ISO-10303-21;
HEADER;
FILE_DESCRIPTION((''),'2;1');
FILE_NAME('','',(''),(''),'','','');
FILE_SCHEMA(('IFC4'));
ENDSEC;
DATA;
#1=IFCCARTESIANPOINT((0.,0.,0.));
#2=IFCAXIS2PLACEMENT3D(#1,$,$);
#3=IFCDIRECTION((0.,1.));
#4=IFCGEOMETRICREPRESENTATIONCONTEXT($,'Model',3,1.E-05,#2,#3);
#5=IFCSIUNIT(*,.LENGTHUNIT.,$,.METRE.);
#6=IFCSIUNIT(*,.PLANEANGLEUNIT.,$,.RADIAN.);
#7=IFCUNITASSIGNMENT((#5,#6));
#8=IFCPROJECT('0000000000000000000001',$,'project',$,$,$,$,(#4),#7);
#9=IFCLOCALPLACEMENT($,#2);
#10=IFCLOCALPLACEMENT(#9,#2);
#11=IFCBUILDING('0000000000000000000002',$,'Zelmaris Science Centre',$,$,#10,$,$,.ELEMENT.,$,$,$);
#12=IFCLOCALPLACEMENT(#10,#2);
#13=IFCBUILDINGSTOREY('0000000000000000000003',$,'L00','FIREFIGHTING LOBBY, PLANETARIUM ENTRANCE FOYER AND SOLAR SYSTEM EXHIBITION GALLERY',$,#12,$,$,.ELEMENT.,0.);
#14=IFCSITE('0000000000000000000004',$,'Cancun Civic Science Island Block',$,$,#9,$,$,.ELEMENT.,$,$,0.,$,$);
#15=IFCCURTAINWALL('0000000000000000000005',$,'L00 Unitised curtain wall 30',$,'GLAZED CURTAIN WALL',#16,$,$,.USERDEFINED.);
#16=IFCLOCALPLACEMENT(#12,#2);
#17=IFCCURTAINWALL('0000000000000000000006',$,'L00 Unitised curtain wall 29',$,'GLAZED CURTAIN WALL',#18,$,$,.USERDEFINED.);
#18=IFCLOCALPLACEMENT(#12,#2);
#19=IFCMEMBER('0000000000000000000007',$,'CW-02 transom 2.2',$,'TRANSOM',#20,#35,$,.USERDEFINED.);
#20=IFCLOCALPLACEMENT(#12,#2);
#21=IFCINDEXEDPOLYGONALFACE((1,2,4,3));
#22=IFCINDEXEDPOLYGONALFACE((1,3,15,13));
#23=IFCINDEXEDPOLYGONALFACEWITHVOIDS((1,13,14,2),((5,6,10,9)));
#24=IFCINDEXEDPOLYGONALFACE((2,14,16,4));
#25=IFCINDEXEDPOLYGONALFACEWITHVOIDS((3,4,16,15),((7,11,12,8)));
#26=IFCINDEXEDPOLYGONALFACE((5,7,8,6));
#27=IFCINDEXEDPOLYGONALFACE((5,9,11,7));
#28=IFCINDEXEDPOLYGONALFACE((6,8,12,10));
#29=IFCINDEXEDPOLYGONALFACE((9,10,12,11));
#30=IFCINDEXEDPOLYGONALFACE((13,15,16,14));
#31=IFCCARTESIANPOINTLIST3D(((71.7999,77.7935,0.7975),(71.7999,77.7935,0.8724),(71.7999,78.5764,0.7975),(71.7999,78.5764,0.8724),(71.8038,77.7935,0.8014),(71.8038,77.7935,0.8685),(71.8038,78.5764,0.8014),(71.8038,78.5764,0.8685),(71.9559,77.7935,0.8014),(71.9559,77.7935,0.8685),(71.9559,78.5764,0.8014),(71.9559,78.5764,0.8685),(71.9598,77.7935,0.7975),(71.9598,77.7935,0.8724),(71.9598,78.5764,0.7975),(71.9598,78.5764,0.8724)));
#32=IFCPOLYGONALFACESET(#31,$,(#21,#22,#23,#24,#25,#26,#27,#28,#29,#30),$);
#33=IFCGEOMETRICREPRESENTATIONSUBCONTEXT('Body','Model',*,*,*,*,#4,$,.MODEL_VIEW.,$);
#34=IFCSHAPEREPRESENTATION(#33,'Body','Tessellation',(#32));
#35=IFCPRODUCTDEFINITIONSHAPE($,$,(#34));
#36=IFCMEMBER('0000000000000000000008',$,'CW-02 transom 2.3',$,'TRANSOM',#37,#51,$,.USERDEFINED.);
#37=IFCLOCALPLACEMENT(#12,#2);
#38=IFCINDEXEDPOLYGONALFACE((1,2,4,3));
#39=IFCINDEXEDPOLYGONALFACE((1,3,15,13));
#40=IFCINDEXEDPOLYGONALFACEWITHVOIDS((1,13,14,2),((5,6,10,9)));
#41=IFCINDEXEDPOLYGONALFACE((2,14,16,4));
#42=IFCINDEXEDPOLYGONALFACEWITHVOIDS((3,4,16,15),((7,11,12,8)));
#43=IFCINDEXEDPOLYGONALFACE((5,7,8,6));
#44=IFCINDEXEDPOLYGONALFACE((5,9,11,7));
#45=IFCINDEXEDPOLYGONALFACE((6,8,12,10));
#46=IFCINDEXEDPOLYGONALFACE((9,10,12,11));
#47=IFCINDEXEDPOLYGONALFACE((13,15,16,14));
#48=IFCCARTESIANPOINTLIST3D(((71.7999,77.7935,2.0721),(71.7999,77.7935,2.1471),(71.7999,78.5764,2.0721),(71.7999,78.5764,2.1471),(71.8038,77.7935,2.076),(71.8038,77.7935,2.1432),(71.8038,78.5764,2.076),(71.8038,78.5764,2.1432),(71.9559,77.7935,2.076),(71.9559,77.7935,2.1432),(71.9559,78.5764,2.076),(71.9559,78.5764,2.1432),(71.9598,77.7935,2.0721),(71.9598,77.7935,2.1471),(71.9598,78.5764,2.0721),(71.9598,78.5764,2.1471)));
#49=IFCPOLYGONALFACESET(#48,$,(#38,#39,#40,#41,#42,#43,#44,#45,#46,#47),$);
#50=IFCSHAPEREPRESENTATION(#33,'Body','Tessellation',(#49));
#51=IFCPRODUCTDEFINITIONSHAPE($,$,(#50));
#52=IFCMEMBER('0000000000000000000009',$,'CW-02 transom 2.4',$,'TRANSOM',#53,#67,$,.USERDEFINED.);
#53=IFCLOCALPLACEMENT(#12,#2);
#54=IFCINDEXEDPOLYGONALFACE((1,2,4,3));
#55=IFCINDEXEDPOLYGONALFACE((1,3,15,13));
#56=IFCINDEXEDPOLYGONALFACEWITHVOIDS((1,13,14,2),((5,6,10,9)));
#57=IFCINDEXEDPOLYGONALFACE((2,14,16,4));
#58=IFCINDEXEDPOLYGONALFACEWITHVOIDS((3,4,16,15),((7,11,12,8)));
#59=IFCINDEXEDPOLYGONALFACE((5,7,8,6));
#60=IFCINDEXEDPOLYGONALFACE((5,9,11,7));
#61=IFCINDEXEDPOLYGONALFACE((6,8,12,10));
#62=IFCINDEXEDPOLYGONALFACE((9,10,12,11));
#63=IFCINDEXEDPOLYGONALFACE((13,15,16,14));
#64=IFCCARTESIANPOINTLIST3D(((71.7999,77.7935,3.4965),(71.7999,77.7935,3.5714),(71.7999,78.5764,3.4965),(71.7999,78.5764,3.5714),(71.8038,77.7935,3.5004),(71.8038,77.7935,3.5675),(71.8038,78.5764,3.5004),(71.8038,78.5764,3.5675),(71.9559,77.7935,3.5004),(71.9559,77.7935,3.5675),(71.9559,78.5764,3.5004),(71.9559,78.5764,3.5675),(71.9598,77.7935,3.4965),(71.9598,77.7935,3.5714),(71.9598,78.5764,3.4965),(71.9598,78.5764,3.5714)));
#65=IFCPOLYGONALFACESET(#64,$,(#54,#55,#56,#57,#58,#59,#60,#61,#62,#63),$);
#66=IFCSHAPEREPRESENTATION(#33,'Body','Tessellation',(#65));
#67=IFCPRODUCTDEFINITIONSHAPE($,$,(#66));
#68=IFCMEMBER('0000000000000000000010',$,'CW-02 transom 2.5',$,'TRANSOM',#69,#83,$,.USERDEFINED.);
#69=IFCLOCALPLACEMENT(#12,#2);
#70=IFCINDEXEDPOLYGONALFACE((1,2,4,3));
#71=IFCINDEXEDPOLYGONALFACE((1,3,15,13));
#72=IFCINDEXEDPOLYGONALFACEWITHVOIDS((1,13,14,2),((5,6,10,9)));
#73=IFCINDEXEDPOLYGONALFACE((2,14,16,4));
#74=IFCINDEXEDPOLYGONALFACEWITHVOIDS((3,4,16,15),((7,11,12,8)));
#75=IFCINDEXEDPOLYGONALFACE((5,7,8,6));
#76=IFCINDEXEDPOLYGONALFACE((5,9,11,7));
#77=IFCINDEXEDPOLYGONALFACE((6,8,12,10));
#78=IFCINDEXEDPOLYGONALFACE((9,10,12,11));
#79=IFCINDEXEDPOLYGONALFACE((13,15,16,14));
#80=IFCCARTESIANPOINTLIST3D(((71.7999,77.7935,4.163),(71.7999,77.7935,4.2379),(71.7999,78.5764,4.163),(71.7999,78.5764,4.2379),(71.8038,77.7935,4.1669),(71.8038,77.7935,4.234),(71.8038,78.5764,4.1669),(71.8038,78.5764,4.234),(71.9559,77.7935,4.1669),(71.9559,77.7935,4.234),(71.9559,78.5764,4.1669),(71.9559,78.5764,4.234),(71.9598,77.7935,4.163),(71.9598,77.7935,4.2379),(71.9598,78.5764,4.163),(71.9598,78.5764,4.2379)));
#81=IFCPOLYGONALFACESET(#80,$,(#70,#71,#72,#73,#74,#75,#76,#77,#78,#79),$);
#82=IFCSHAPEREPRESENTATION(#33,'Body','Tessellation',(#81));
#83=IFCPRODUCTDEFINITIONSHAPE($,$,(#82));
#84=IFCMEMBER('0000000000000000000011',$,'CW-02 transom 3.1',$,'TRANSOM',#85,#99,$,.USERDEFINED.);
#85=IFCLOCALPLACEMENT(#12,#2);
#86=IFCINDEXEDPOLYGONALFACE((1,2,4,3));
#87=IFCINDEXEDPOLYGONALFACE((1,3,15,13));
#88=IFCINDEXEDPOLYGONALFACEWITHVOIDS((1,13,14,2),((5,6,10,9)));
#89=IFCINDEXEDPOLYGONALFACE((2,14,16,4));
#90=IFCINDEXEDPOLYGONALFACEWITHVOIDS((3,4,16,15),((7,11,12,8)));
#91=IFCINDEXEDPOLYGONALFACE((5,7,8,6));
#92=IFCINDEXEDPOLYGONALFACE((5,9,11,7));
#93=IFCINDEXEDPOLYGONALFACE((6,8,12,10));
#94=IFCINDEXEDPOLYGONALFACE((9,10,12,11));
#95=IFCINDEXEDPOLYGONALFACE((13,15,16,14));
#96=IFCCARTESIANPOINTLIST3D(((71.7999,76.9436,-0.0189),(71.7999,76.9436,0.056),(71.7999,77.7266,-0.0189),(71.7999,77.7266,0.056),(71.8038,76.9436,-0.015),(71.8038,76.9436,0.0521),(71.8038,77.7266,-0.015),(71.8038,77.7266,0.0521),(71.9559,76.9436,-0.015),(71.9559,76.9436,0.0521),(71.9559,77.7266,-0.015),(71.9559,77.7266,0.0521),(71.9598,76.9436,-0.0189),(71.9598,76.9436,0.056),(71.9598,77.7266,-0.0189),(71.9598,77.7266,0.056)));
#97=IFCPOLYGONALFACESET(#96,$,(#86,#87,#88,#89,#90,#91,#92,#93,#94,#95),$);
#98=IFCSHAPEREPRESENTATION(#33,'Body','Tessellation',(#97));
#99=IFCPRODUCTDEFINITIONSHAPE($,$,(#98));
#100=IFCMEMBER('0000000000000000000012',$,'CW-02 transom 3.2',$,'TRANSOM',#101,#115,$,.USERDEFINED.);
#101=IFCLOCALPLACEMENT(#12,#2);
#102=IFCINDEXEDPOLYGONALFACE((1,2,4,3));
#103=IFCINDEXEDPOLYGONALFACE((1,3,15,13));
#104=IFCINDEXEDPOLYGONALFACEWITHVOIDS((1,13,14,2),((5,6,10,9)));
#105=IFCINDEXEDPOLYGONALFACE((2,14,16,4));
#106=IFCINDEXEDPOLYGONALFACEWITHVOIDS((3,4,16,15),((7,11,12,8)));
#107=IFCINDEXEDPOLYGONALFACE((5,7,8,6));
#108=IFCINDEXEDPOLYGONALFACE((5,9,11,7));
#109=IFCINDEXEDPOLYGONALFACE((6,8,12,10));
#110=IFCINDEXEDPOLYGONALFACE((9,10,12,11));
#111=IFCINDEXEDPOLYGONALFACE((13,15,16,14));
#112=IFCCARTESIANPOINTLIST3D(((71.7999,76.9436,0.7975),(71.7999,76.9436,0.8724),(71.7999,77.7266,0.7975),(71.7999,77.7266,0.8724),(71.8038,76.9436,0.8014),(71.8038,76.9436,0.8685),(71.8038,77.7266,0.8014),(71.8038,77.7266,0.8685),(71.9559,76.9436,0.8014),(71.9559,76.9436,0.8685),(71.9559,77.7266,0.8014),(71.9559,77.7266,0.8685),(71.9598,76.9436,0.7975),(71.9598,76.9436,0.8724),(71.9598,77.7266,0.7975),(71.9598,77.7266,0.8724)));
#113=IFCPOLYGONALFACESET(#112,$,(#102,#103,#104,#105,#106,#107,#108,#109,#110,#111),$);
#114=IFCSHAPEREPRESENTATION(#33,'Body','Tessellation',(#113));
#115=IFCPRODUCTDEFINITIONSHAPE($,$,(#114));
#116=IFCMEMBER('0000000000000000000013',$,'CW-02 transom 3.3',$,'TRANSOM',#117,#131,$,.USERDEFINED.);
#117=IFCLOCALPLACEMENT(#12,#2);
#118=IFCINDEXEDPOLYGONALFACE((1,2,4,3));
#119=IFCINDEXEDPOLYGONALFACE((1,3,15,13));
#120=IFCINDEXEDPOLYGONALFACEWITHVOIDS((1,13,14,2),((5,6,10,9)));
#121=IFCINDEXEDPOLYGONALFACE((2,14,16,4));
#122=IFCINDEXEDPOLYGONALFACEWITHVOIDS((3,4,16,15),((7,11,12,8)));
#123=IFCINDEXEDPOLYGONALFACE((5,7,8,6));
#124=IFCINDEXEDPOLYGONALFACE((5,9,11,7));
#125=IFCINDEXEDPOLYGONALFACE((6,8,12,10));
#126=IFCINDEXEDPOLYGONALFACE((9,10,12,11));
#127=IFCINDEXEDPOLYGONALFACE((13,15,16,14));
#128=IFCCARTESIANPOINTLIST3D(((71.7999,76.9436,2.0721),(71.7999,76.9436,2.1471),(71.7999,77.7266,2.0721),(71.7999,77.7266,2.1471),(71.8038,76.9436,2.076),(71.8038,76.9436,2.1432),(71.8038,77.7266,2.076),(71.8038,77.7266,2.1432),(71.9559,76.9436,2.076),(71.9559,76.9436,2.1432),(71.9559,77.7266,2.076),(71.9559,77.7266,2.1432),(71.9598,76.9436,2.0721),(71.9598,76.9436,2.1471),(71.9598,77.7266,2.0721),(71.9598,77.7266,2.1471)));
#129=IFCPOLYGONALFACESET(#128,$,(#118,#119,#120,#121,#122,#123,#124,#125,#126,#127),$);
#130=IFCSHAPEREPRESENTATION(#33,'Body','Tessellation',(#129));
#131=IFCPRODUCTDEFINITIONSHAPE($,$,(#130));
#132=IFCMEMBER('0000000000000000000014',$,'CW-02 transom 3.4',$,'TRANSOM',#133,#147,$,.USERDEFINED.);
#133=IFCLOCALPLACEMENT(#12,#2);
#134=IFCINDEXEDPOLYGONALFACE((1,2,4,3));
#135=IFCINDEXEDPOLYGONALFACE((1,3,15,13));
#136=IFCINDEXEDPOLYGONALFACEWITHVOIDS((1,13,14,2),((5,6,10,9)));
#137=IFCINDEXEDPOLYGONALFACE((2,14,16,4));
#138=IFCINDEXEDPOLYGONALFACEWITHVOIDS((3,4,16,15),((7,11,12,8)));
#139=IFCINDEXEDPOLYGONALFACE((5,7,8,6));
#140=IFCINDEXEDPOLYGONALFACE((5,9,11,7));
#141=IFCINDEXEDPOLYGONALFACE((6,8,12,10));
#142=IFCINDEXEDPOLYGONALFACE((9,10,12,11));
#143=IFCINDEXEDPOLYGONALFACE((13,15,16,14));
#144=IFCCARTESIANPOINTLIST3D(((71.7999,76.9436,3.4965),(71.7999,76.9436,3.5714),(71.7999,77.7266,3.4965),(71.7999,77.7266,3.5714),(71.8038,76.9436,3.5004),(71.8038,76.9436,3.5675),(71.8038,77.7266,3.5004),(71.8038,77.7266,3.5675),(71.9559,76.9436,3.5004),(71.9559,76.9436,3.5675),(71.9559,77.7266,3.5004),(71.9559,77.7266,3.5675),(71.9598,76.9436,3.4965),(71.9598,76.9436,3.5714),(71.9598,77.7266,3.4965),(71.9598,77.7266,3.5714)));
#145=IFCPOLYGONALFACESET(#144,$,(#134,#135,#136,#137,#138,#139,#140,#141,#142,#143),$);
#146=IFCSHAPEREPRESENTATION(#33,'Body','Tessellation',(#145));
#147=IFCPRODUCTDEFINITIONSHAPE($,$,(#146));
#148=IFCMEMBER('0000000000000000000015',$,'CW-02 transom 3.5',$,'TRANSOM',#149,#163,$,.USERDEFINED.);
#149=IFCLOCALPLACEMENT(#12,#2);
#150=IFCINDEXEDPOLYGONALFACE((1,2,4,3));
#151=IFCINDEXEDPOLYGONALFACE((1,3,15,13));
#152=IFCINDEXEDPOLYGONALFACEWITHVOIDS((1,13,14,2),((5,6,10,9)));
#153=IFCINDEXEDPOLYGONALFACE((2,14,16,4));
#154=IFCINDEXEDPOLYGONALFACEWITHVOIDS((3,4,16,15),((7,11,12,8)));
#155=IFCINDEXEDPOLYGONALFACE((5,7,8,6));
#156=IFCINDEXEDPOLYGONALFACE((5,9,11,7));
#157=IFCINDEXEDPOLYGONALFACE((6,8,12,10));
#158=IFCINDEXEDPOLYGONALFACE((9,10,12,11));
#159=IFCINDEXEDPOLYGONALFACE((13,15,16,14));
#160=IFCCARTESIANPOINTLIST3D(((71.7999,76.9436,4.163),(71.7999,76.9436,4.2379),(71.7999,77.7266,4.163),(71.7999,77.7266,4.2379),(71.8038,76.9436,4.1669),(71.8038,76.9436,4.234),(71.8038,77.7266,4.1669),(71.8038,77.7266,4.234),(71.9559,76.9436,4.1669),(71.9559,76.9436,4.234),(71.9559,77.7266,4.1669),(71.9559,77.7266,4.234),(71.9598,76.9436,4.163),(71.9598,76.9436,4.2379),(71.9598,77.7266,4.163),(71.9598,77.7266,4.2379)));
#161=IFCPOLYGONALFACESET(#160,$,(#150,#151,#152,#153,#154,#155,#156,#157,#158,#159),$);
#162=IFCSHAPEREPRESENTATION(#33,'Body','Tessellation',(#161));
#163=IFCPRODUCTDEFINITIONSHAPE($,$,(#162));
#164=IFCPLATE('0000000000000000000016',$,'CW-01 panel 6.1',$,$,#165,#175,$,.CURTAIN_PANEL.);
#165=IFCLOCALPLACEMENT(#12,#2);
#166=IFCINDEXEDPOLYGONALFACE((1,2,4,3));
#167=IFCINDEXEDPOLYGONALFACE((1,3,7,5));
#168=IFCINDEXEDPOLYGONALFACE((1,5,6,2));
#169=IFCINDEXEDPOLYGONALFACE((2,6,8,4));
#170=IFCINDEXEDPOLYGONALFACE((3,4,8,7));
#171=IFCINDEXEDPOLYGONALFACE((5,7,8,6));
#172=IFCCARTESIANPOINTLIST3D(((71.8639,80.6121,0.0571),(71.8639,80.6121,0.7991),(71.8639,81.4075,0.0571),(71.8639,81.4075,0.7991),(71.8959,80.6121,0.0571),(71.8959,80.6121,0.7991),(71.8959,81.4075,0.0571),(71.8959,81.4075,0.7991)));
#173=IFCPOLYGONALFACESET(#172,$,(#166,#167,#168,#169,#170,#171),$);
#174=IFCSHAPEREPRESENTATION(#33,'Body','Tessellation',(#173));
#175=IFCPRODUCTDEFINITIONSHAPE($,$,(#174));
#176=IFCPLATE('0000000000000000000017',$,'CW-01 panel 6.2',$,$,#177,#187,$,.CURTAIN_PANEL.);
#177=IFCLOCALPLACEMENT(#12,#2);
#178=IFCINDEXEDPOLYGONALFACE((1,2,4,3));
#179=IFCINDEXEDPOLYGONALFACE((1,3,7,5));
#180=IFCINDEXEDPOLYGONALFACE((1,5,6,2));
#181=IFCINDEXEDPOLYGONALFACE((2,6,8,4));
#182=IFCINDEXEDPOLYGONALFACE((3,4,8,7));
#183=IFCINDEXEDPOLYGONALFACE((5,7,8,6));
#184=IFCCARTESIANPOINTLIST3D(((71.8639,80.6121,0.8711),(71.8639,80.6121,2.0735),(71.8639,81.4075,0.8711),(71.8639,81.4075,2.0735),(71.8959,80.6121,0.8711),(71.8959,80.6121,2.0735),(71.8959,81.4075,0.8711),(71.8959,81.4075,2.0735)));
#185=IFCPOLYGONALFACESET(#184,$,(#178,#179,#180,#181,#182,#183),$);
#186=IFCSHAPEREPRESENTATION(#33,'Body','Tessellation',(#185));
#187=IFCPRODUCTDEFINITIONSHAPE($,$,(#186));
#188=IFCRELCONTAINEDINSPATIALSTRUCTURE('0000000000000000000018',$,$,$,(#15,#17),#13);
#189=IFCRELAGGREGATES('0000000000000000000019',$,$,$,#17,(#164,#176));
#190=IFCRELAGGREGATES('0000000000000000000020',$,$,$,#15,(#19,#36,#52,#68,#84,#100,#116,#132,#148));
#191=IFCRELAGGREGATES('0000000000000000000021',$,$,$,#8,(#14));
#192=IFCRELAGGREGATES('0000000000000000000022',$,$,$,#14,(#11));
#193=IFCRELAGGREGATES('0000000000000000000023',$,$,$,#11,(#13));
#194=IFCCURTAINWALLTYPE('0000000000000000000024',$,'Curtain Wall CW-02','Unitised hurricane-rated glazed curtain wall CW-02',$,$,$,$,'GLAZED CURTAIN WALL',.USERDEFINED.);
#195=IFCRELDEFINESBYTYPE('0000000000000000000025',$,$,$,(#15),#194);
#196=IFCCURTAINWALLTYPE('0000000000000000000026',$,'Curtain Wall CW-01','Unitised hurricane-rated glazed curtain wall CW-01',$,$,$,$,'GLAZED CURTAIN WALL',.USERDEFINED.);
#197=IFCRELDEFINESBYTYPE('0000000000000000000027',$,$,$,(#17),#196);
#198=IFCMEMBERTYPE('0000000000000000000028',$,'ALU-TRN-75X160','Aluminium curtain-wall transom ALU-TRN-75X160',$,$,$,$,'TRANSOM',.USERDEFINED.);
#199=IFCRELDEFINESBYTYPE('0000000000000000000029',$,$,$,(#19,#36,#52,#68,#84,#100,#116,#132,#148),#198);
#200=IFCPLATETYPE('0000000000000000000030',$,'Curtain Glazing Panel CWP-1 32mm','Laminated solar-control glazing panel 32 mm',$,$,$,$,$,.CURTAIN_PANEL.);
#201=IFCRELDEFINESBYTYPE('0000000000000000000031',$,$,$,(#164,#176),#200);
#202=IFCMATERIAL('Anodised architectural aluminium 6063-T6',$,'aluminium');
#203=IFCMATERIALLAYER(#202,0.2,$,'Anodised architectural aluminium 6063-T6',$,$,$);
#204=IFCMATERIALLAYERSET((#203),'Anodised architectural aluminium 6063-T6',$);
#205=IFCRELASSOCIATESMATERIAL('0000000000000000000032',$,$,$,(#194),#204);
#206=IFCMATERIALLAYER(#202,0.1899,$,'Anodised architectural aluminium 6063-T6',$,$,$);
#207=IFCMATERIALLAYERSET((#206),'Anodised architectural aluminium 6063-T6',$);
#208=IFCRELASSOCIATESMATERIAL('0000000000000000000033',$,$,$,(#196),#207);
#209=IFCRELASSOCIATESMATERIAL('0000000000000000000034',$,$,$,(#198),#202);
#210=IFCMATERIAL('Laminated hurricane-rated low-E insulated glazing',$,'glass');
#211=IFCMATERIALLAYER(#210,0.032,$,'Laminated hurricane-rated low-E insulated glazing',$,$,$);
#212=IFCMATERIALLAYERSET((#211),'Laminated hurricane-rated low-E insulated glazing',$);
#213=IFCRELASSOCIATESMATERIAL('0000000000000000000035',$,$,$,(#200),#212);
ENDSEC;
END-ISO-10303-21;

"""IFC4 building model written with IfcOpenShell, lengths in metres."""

from ifc_helpers import new_model, si_unit, direction, frame, origin, origin_2d, place, context, subcontext, project, spatial, rectangle, hollow_rectangle, extrude, material, layer, layer_set, material_profile, profile_set, type_object, element, aggregate, save


model = new_model("IFC4")

# Units and contexts
model_context = context("Model", 3, precision=1e-05, world=origin(), true_north=direction((0.0, 1.0)))
body_context = subcontext(model_context, "Body", "Model", "MODEL_VIEW")
ifc_project = project(units=[si_unit("LENGTHUNIT", "METRE"), si_unit("PLANEANGLEUNIT", "RADIAN")], contexts=[model_context])

# Site, building, storey
site_placement = place(None, origin())
site = spatial("IfcSite", under=ifc_project, at=site_placement, Name="Cancun Civic Science Island Block", CompositionType="ELEMENT", RefElevation=0.0)
building_placement = place(site_placement, origin())
building = spatial("IfcBuilding", under=site, at=building_placement, Name="Zelmaris Science Centre", CompositionType="ELEMENT")
storey_placement = place(building_placement, origin())
storey = spatial("IfcBuildingStorey", under=building, at=storey_placement, Name="L00", Description="FIREFIGHTING LOBBY, PLANETARIUM ENTRANCE FOYER AND SOLAR SYSTEM EXHIBITION GALLERY", CompositionType="ELEMENT", Elevation=0.0)

# Curtain wall
ifc_material_1 = material(Name="Anodised architectural aluminium 6063-T6", Category="aluminium")
ifc_layer_1 = layer(ifc_material_1, 0.2, Name="Anodised architectural aluminium 6063-T6")
ifc_layer_set_1 = layer_set([ifc_layer_1], Name="Anodised architectural aluminium 6063-T6")
curtain_wall_type_1 = type_object("IfcCurtainWallType", Name="Curtain Wall CW-02", Description="Unitised hurricane-rated glazed curtain wall CW-02", ElementType="GLAZED CURTAIN WALL", PredefinedType="USERDEFINED", material=ifc_layer_set_1)
curtain_wall_1_placement = place(storey_placement, origin())
curtain_wall_1 = element("IfcCurtainWall", 1, at=curtain_wall_1_placement, inside=storey, type_object=curtain_wall_type_1, Name="L00 Unitised curtain wall 30", ObjectType="GLAZED CURTAIN WALL", PredefinedType="USERDEFINED")

# Curtain wall
ifc_layer_2 = layer(ifc_material_1, 0.1899, Name="Anodised architectural aluminium 6063-T6")
ifc_layer_set_2 = layer_set([ifc_layer_2], Name="Anodised architectural aluminium 6063-T6")
curtain_wall_type_2 = type_object("IfcCurtainWallType", Name="Curtain Wall CW-01", Description="Unitised hurricane-rated glazed curtain wall CW-01", ElementType="GLAZED CURTAIN WALL", PredefinedType="USERDEFINED", material=ifc_layer_set_2)
curtain_wall_2_placement = place(storey_placement, origin())
curtain_wall_2 = element("IfcCurtainWall", 2, at=curtain_wall_2_placement, inside=storey, type_object=curtain_wall_type_2, Name="L00 Unitised curtain wall 29", ObjectType="GLAZED CURTAIN WALL", PredefinedType="USERDEFINED")

# Members
ifc_material_profile_1 = material_profile(ifc_material_1, hollow_rectangle(XDim=0.075, YDim=0.1599, WallThickness=0.0039, at=origin_2d()), Name="ALU-TRN-75X160")
ifc_profile_set_1 = profile_set([ifc_material_profile_1], Name="Anodised architectural aluminium 6063-T6")
member_type_1 = type_object("IfcMemberType", Name="ALU-TRN-75X160", Description="Aluminium curtain-wall transom ALU-TRN-75X160", ElementType="TRANSOM", PredefinedType="USERDEFINED", material=ifc_profile_set_1)
member_1_placement = place(storey_placement, frame((71.8799, 78.5764, 0.835), z_axis=(0.0, -1.0, 0.0), x_axis=(0.0, 0.0, 1.0)))
member_1 = element("IfcMember", 3, at=member_1_placement, type_object=member_type_1, Name="CW-02 transom 2.2", ObjectType="TRANSOM", PredefinedType="USERDEFINED", context=body_context, shape_type="SweptSolid", body=[
    extrude(hollow_rectangle(XDim=0.075, YDim=0.1599, WallThickness=0.0039, at=origin_2d()), origin(), (0.0, 0.0, 1.0), 0.783),
])
member_2_placement = place(storey_placement, frame((71.8799, 78.5764, 2.1096), z_axis=(0.0, -1.0, 0.0), x_axis=(0.0, 0.0, 1.0)))
member_2 = element("IfcMember", 4, at=member_2_placement, type_object=member_type_1, Name="CW-02 transom 2.3", ObjectType="TRANSOM", PredefinedType="USERDEFINED", context=body_context, shape_type="SweptSolid", body=[
    extrude(hollow_rectangle(XDim=0.075, YDim=0.1599, WallThickness=0.0039, at=origin_2d()), origin(), (0.0, 0.0, 1.0), 0.783),
])
member_3_placement = place(storey_placement, frame((71.8799, 78.5764, 3.5339), z_axis=(0.0, -1.0, 0.0), x_axis=(0.0, 0.0, 1.0)))
member_3 = element("IfcMember", 5, at=member_3_placement, type_object=member_type_1, Name="CW-02 transom 2.4", ObjectType="TRANSOM", PredefinedType="USERDEFINED", context=body_context, shape_type="SweptSolid", body=[
    extrude(hollow_rectangle(XDim=0.075, YDim=0.1599, WallThickness=0.0039, at=origin_2d()), origin(), (0.0, 0.0, 1.0), 0.783),
])
member_4_placement = place(storey_placement, frame((71.8799, 78.5764, 4.2004), z_axis=(0.0, -1.0, 0.0), x_axis=(0.0, 0.0, 1.0)))
member_4 = element("IfcMember", 6, at=member_4_placement, type_object=member_type_1, Name="CW-02 transom 2.5", ObjectType="TRANSOM", PredefinedType="USERDEFINED", context=body_context, shape_type="SweptSolid", body=[
    extrude(hollow_rectangle(XDim=0.075, YDim=0.1599, WallThickness=0.0039, at=origin_2d()), origin(), (0.0, 0.0, 1.0), 0.783),
])
member_5_placement = place(storey_placement, frame((71.8799, 77.7266, 0.0186), z_axis=(0.0, -1.0, 0.0), x_axis=(0.0, 0.0, 1.0)))
member_5 = element("IfcMember", 7, at=member_5_placement, type_object=member_type_1, Name="CW-02 transom 3.1", ObjectType="TRANSOM", PredefinedType="USERDEFINED", context=body_context, shape_type="SweptSolid", body=[
    extrude(hollow_rectangle(XDim=0.075, YDim=0.1599, WallThickness=0.0039, at=origin_2d()), origin(), (0.0, 0.0, 1.0), 0.783),
])
member_6_placement = place(storey_placement, frame((71.8799, 77.7266, 0.835), z_axis=(0.0, -1.0, 0.0), x_axis=(0.0, 0.0, 1.0)))
member_6 = element("IfcMember", 8, at=member_6_placement, type_object=member_type_1, Name="CW-02 transom 3.2", ObjectType="TRANSOM", PredefinedType="USERDEFINED", context=body_context, shape_type="SweptSolid", body=[
    extrude(hollow_rectangle(XDim=0.075, YDim=0.1599, WallThickness=0.0039, at=origin_2d()), origin(), (0.0, 0.0, 1.0), 0.783),
])
member_7_placement = place(storey_placement, frame((71.8799, 77.7266, 2.1096), z_axis=(0.0, -1.0, 0.0), x_axis=(0.0, 0.0, 1.0)))
member_7 = element("IfcMember", 9, at=member_7_placement, type_object=member_type_1, Name="CW-02 transom 3.3", ObjectType="TRANSOM", PredefinedType="USERDEFINED", context=body_context, shape_type="SweptSolid", body=[
    extrude(hollow_rectangle(XDim=0.075, YDim=0.1599, WallThickness=0.0039, at=origin_2d()), origin(), (0.0, 0.0, 1.0), 0.783),
])
member_8_placement = place(storey_placement, frame((71.8799, 77.7266, 3.5339), z_axis=(0.0, -1.0, 0.0), x_axis=(0.0, 0.0, 1.0)))
member_8 = element("IfcMember", 10, at=member_8_placement, type_object=member_type_1, Name="CW-02 transom 3.4", ObjectType="TRANSOM", PredefinedType="USERDEFINED", context=body_context, shape_type="SweptSolid", body=[
    extrude(hollow_rectangle(XDim=0.075, YDim=0.1599, WallThickness=0.0039, at=origin_2d()), origin(), (0.0, 0.0, 1.0), 0.783),
])
member_9_placement = place(storey_placement, frame((71.8799, 77.7266, 4.2004), z_axis=(0.0, -1.0, 0.0), x_axis=(0.0, 0.0, 1.0)))
member_9 = element("IfcMember", 11, at=member_9_placement, type_object=member_type_1, Name="CW-02 transom 3.5", ObjectType="TRANSOM", PredefinedType="USERDEFINED", context=body_context, shape_type="SweptSolid", body=[
    extrude(hollow_rectangle(XDim=0.075, YDim=0.1599, WallThickness=0.0039, at=origin_2d()), origin(), (0.0, 0.0, 1.0), 0.783),
])

# Plates
ifc_material_2 = material(Name="Laminated hurricane-rated low-E insulated glazing", Category="glass")
ifc_layer_3 = layer(ifc_material_2, 0.032, Name="Laminated hurricane-rated low-E insulated glazing")
ifc_layer_set_3 = layer_set([ifc_layer_3], Name="Laminated hurricane-rated low-E insulated glazing")
plate_type_1 = type_object("IfcPlateType", Name="Curtain Glazing Panel CWP-1 32mm", Description="Laminated solar-control glazing panel 32 mm", PredefinedType="CURTAIN_PANEL", material=ifc_layer_set_3)
plate_1_placement = place(storey_placement, frame((71.8799, 81.0098, 0.0571), z_axis=(0.0, 0.0, 1.0), x_axis=(0.0, -1.0, 0.0)))
plate_1 = element("IfcPlate", 12, at=plate_1_placement, type_object=plate_type_1, Name="CW-01 panel 6.1", PredefinedType="CURTAIN_PANEL", context=body_context, shape_type="SweptSolid", body=[
    extrude(rectangle(XDim=0.7954, YDim=0.032, at=origin_2d()), origin(), (0.0, 0.0, 1.0), 0.7419),
])
plate_2_placement = place(storey_placement, frame((71.8799, 81.0098, 0.8711), z_axis=(0.0, 0.0, 1.0), x_axis=(0.0, -1.0, 0.0)))
plate_2 = element("IfcPlate", 13, at=plate_2_placement, type_object=plate_type_1, Name="CW-01 panel 6.2", PredefinedType="CURTAIN_PANEL", context=body_context, shape_type="SweptSolid", body=[
    extrude(rectangle(XDim=0.7954, YDim=0.032, at=origin_2d()), origin(), (0.0, 0.0, 1.0), 1.2024),
])
aggregate(curtain_wall_2, [plate_1, plate_2])
aggregate(curtain_wall_1, [member_1, member_2, member_3, member_4, member_5, member_6, member_7, member_8, member_9])

save(model, "model.ifc")
